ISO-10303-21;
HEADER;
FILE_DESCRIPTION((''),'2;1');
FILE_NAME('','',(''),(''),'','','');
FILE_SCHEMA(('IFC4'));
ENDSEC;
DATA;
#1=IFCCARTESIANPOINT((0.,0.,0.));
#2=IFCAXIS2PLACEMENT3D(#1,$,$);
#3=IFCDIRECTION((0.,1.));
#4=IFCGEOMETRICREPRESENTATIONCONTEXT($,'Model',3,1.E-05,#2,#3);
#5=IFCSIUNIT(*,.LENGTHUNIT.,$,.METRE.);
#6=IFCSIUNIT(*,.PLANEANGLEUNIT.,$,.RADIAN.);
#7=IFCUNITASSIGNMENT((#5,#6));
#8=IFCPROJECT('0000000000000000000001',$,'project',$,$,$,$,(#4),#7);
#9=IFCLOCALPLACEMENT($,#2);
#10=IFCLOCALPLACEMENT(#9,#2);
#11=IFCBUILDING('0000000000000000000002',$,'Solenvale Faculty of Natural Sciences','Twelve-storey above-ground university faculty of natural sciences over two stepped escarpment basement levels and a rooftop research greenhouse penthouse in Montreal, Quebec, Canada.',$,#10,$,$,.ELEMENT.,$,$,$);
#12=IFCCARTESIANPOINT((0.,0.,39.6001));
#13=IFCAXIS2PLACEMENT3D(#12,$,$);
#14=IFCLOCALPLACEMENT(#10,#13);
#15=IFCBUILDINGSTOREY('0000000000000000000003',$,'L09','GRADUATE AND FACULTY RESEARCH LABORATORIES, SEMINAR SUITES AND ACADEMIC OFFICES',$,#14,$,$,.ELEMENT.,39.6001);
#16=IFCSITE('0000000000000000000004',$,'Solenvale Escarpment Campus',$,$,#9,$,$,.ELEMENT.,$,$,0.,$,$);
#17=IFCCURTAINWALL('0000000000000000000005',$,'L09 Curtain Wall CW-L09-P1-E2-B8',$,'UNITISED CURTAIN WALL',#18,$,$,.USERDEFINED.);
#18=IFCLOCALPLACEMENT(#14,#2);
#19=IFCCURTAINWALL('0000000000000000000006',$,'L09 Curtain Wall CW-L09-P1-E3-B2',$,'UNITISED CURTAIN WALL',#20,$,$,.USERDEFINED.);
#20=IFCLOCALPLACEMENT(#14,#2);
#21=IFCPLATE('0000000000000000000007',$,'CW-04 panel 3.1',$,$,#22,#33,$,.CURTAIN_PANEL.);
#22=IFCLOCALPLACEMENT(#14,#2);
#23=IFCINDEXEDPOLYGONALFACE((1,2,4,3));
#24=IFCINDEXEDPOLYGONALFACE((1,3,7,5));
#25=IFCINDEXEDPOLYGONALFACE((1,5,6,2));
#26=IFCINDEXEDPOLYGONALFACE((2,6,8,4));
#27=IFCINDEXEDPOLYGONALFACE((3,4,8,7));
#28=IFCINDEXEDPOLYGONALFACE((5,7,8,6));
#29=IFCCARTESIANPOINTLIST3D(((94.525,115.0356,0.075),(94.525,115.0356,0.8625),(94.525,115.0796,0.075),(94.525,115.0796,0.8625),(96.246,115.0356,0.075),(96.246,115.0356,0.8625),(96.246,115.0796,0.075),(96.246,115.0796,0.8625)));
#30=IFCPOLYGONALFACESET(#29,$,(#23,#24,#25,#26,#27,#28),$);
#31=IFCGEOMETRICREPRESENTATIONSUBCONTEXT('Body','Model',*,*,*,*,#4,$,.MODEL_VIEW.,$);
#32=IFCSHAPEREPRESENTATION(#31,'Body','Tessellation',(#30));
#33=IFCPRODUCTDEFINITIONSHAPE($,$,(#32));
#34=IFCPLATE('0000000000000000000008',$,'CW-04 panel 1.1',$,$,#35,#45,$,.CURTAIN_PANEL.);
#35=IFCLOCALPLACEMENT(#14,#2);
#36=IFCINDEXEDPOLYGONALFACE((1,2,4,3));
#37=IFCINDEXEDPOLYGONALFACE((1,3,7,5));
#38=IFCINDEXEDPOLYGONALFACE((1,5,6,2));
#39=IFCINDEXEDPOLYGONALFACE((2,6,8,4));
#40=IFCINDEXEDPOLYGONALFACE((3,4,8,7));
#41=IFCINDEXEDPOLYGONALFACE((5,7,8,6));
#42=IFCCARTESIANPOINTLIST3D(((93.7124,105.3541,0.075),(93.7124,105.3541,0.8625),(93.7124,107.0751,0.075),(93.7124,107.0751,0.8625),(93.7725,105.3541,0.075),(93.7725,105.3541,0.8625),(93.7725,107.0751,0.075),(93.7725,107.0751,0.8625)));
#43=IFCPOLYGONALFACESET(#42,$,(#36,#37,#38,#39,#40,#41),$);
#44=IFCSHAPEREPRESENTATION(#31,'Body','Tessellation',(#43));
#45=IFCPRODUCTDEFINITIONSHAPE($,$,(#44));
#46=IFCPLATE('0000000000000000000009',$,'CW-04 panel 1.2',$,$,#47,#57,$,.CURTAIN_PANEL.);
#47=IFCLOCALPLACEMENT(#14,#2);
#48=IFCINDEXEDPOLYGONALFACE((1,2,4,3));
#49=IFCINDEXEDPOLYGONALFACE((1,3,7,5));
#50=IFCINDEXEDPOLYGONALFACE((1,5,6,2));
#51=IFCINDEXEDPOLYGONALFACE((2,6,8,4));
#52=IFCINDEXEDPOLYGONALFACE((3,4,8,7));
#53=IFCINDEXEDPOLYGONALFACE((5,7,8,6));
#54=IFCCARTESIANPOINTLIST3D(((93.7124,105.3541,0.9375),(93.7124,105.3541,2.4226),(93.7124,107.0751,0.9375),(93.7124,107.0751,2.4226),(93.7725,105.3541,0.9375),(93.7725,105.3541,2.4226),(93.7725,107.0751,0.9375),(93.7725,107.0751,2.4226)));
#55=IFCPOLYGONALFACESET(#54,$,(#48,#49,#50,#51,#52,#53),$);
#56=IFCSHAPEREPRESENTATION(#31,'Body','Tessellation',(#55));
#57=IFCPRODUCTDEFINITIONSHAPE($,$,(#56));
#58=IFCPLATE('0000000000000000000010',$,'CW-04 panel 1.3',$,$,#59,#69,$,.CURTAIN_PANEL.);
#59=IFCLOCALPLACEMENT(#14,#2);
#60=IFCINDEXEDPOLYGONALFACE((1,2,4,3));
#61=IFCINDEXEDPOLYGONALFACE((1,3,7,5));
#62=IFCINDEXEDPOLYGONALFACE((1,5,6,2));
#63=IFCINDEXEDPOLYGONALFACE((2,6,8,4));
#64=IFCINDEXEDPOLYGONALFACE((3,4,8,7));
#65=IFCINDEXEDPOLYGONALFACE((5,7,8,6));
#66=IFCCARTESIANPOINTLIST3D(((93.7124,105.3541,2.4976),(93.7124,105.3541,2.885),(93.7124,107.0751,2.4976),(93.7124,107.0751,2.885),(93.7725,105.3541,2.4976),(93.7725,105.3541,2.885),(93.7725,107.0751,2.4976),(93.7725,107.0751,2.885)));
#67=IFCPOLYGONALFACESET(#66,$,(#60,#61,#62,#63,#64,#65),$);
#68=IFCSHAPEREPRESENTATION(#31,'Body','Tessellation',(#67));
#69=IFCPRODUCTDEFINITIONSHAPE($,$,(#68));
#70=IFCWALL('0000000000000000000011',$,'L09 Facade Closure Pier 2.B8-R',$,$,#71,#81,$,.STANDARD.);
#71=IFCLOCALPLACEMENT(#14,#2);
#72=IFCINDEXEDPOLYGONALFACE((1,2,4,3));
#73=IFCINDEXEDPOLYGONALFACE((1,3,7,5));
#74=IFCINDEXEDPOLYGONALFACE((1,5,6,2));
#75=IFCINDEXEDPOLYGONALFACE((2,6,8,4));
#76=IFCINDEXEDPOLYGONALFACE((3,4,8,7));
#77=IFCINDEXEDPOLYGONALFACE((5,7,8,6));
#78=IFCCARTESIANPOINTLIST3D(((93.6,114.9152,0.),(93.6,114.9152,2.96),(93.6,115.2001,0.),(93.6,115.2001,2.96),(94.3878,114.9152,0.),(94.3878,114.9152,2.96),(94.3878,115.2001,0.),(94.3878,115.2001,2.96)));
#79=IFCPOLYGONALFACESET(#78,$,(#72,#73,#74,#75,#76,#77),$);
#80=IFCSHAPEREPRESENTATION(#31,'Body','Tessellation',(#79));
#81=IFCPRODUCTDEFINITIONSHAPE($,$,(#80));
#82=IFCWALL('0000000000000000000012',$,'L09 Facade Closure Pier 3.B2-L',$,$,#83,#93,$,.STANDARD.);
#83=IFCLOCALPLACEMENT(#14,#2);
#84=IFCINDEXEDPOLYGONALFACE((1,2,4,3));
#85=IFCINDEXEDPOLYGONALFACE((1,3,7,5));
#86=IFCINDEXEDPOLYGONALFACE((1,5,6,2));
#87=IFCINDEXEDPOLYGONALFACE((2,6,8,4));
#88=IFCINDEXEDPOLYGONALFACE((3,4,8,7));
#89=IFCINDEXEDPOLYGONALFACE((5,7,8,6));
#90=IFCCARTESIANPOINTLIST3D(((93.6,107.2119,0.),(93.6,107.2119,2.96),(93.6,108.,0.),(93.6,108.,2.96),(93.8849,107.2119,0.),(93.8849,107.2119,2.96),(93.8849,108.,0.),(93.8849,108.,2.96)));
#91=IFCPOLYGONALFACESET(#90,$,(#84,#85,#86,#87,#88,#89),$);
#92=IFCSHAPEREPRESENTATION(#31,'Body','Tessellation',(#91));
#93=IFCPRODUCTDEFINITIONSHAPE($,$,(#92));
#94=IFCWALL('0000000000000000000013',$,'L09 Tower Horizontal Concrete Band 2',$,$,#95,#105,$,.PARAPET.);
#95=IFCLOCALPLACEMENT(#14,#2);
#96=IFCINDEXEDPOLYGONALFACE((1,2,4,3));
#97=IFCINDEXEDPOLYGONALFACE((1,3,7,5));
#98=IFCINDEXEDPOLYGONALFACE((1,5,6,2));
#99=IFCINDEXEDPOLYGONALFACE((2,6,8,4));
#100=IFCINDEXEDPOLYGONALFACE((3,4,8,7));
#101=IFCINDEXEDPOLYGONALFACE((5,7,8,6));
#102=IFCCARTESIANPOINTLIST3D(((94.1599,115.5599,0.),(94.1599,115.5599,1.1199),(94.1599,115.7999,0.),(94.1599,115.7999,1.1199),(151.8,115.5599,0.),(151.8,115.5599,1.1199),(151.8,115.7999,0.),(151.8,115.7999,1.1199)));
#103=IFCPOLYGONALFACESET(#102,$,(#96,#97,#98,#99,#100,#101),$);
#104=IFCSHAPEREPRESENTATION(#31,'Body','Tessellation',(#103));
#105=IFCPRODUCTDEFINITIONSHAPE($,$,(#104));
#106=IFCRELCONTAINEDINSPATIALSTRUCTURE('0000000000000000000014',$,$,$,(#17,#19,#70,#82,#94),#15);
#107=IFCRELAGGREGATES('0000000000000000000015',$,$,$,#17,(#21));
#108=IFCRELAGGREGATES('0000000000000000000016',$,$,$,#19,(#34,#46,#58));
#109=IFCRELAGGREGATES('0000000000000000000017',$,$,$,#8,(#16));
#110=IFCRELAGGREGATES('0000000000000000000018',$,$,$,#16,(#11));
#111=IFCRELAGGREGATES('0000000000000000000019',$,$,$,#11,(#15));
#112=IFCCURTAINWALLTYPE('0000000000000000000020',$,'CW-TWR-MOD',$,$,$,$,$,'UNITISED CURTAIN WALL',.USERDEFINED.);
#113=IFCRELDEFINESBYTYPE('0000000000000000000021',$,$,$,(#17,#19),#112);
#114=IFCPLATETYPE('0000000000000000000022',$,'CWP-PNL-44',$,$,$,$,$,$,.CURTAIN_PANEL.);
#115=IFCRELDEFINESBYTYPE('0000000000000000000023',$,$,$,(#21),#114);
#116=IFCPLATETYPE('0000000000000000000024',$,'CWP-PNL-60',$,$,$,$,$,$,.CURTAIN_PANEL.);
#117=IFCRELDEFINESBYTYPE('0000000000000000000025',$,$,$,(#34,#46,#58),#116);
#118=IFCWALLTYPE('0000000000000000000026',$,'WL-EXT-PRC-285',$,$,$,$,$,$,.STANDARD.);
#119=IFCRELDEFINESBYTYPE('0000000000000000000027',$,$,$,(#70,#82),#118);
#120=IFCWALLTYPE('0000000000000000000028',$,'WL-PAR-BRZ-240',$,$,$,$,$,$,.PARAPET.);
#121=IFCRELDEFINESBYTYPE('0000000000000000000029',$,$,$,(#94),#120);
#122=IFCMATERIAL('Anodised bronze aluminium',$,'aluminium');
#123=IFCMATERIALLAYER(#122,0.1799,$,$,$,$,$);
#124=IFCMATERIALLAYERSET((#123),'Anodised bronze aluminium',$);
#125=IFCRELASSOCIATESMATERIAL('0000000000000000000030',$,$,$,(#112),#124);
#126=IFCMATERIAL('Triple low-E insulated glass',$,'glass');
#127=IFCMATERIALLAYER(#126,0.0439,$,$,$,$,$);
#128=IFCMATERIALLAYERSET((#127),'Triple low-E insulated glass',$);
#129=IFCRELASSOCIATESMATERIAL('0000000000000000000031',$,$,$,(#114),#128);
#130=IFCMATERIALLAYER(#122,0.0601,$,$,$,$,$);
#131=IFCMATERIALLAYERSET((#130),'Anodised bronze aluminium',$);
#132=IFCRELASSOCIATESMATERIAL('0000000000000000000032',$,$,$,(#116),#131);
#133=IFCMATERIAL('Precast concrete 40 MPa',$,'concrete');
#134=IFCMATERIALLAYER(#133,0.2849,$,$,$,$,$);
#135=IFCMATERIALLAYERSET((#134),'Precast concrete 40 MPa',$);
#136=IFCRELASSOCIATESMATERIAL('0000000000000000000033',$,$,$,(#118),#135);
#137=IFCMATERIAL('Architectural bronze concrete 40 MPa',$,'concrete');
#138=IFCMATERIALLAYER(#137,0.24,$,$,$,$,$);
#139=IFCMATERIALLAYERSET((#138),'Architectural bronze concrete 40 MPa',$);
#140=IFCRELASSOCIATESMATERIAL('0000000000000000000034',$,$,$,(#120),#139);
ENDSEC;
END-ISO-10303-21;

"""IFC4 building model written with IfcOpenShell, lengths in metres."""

from ifc_helpers import new_model, si_unit, direction, frame, frame_2d, origin, origin_2d, place, context, subcontext, project, spatial, rectangle, extrude, material, layer, layer_set, type_object, element, aggregate, save


model = new_model("IFC4")

# Units and contexts
model_context = context("Model", 3, precision=1e-05, world=origin(), true_north=direction((0.0, 1.0)))
body_context = subcontext(model_context, "Body", "Model", "MODEL_VIEW")
ifc_project = project(units=[si_unit("LENGTHUNIT", "METRE"), si_unit("PLANEANGLEUNIT", "RADIAN")], contexts=[model_context])

# Site, building, storey
site_placement = place(None, origin())
site = spatial("IfcSite", under=ifc_project, at=site_placement, Name="Solenvale Escarpment Campus", CompositionType="ELEMENT", RefElevation=0.0)
building_placement = place(site_placement, origin())
building = spatial("IfcBuilding", under=site, at=building_placement, Name="Solenvale Faculty of Natural Sciences", Description="Twelve-storey above-ground university faculty of natural sciences over two stepped escarpment basement levels and a rooftop research greenhouse penthouse in Montreal, Quebec, Canada.", CompositionType="ELEMENT")
storey_placement = place(building_placement, frame((0.0, 0.0, 39.6001)))
storey = spatial("IfcBuildingStorey", under=building, at=storey_placement, Name="L09", Description="GRADUATE AND FACULTY RESEARCH LABORATORIES, SEMINAR SUITES AND ACADEMIC OFFICES", CompositionType="ELEMENT", Elevation=39.6001)

# Shared definitions
ifc_material_1 = material(Name="Precast concrete 40 MPa", Category="concrete")

# Curtain wall
ifc_material_2 = material(Name="Anodised bronze aluminium", Category="aluminium")
ifc_layer_1 = layer(ifc_material_2, 0.1799)
ifc_layer_set_1 = layer_set([ifc_layer_1], Name="Anodised bronze aluminium")
curtain_wall_type = type_object("IfcCurtainWallType", Name="CW-TWR-MOD", ElementType="UNITISED CURTAIN WALL", PredefinedType="USERDEFINED", material=ifc_layer_set_1)
curtain_wall_1_placement = place(storey_placement, origin())
curtain_wall_1 = element("IfcCurtainWall", 1, at=curtain_wall_1_placement, inside=storey, type_object=curtain_wall_type, Name="L09 Curtain Wall CW-L09-P1-E2-B8", ObjectType="UNITISED CURTAIN WALL", PredefinedType="USERDEFINED")

# Curtain wall
curtain_wall_2_placement = place(storey_placement, origin())
curtain_wall_2 = element("IfcCurtainWall", 2, at=curtain_wall_2_placement, inside=storey, type_object=curtain_wall_type, Name="L09 Curtain Wall CW-L09-P1-E3-B2", ObjectType="UNITISED CURTAIN WALL", PredefinedType="USERDEFINED")

# Plates
ifc_material_3 = material(Name="Triple low-E insulated glass", Category="glass")
ifc_layer_2 = layer(ifc_material_3, 0.0439)
ifc_layer_set_2 = layer_set([ifc_layer_2], Name="Triple low-E insulated glass")
plate_type_1 = type_object("IfcPlateType", Name="CWP-PNL-44", PredefinedType="CURTAIN_PANEL", material=ifc_layer_set_2)
plate_1_placement = place(storey_placement, frame((95.3855, 115.0576, 0.075), z_axis=(0.0, 0.0, 1.0), x_axis=(-1.0, 0.0, 0.0)))
plate_1 = element("IfcPlate", 3, at=plate_1_placement, type_object=plate_type_1, Name="CW-04 panel 3.1", PredefinedType="CURTAIN_PANEL", context=body_context, shape_type="SweptSolid", body=[
    extrude(rectangle(XDim=1.7209, YDim=0.0439, at=origin_2d()), origin(), (0.0, 0.0, 1.0), 0.7876),
])
aggregate(curtain_wall_1, [plate_1])
ifc_layer_3 = layer(ifc_material_2, 0.0601)
ifc_layer_set_3 = layer_set([ifc_layer_3], Name="Anodised bronze aluminium")
plate_type_2 = type_object("IfcPlateType", Name="CWP-PNL-60", PredefinedType="CURTAIN_PANEL", material=ifc_layer_set_3)
plate_2_placement = place(storey_placement, frame((93.7424, 106.2146, 0.075), z_axis=(0.0, 0.0, 1.0), x_axis=(0.0, -1.0, 0.0)))
plate_2 = element("IfcPlate", 4, at=plate_2_placement, type_object=plate_type_2, Name="CW-04 panel 1.1", PredefinedType="CURTAIN_PANEL", context=body_context, shape_type="SweptSolid", body=[
    extrude(rectangle(XDim=1.7209, YDim=0.0601, at=origin_2d()), origin(), (0.0, 0.0, 1.0), 0.7876),
])
plate_3_placement = place(storey_placement, frame((93.7424, 106.2146, 0.9375), z_axis=(0.0, 0.0, 1.0), x_axis=(0.0, -1.0, 0.0)))
plate_3 = element("IfcPlate", 5, at=plate_3_placement, type_object=plate_type_2, Name="CW-04 panel 1.2", PredefinedType="CURTAIN_PANEL", context=body_context, shape_type="SweptSolid", body=[
    extrude(rectangle(XDim=1.7209, YDim=0.0601, at=origin_2d()), origin(), (0.0, 0.0, 1.0), 1.4851),
])
plate_4_placement = place(storey_placement, frame((93.7424, 106.2146, 2.4976), z_axis=(0.0, 0.0, 1.0), x_axis=(0.0, -1.0, 0.0)))
plate_4 = element("IfcPlate", 6, at=plate_4_placement, type_object=plate_type_2, Name="CW-04 panel 1.3", PredefinedType="CURTAIN_PANEL", context=body_context, shape_type="SweptSolid", body=[
    extrude(rectangle(XDim=1.7209, YDim=0.0601, at=origin_2d()), origin(), (0.0, 0.0, 1.0), 0.3875),
])
aggregate(curtain_wall_2, [plate_2, plate_3, plate_4])

# Walls
ifc_layer_4 = layer(ifc_material_1, 0.2849)
ifc_layer_set_4 = layer_set([ifc_layer_4], Name="Precast concrete 40 MPa")
wall_type_1 = type_object("IfcWallType", Name="WL-EXT-PRC-285", PredefinedType="STANDARD", material=ifc_layer_set_4)
wall_1_placement = place(storey_placement, frame((94.3879, 115.0576, 0.0), z_axis=(0.0, 0.0, 1.0), x_axis=(-1.0, 0.0, 0.0)))
element("IfcWall", 7, at=wall_1_placement, inside=storey, type_object=wall_type_1, Name="L09 Facade Closure Pier 2.B8-R", PredefinedType="STANDARD", context=body_context, shape_type="SweptSolid", body=[
    extrude(rectangle(XDim=0.7878, YDim=0.2849, at=frame_2d((0.394, 0.0))), origin(), (0.0, 0.0, 1.0), 2.96),
])
wall_2_placement = place(storey_placement, frame((93.7424, 108.0, 0.0), z_axis=(0.0, 0.0, 1.0), x_axis=(0.0, -1.0, 0.0)))
element("IfcWall", 8, at=wall_2_placement, inside=storey, type_object=wall_type_1, Name="L09 Facade Closure Pier 3.B2-L", PredefinedType="STANDARD", context=body_context, shape_type="SweptSolid", body=[
    extrude(rectangle(XDim=0.7881, YDim=0.2849, at=frame_2d((0.394, 0.0))), origin(), (0.0, 0.0, 1.0), 2.96),
])

# Wall
ifc_material_4 = material(Name="Architectural bronze concrete 40 MPa", Category="concrete")
ifc_layer_5 = layer(ifc_material_4, 0.24)
ifc_layer_set_5 = layer_set([ifc_layer_5], Name="Architectural bronze concrete 40 MPa")
wall_type_2 = type_object("IfcWallType", Name="WL-PAR-BRZ-240", PredefinedType="PARAPET", material=ifc_layer_set_5)
wall_3_placement = place(storey_placement, frame((94.1599, 115.6799, 0.0), z_axis=(0.0, 0.0, 1.0), x_axis=(1.0, 0.0, 0.0)))
element("IfcWall", 9, at=wall_3_placement, inside=storey, type_object=wall_type_2, Name="L09 Tower Horizontal Concrete Band 2", PredefinedType="PARAPET", context=body_context, shape_type="SweptSolid", body=[
    extrude(rectangle(XDim=57.6401, YDim=0.24, at=frame_2d((28.8201, 0.0))), origin(), (0.0, 0.0, 1.0), 1.1199),
])

save(model, "model.ifc")
